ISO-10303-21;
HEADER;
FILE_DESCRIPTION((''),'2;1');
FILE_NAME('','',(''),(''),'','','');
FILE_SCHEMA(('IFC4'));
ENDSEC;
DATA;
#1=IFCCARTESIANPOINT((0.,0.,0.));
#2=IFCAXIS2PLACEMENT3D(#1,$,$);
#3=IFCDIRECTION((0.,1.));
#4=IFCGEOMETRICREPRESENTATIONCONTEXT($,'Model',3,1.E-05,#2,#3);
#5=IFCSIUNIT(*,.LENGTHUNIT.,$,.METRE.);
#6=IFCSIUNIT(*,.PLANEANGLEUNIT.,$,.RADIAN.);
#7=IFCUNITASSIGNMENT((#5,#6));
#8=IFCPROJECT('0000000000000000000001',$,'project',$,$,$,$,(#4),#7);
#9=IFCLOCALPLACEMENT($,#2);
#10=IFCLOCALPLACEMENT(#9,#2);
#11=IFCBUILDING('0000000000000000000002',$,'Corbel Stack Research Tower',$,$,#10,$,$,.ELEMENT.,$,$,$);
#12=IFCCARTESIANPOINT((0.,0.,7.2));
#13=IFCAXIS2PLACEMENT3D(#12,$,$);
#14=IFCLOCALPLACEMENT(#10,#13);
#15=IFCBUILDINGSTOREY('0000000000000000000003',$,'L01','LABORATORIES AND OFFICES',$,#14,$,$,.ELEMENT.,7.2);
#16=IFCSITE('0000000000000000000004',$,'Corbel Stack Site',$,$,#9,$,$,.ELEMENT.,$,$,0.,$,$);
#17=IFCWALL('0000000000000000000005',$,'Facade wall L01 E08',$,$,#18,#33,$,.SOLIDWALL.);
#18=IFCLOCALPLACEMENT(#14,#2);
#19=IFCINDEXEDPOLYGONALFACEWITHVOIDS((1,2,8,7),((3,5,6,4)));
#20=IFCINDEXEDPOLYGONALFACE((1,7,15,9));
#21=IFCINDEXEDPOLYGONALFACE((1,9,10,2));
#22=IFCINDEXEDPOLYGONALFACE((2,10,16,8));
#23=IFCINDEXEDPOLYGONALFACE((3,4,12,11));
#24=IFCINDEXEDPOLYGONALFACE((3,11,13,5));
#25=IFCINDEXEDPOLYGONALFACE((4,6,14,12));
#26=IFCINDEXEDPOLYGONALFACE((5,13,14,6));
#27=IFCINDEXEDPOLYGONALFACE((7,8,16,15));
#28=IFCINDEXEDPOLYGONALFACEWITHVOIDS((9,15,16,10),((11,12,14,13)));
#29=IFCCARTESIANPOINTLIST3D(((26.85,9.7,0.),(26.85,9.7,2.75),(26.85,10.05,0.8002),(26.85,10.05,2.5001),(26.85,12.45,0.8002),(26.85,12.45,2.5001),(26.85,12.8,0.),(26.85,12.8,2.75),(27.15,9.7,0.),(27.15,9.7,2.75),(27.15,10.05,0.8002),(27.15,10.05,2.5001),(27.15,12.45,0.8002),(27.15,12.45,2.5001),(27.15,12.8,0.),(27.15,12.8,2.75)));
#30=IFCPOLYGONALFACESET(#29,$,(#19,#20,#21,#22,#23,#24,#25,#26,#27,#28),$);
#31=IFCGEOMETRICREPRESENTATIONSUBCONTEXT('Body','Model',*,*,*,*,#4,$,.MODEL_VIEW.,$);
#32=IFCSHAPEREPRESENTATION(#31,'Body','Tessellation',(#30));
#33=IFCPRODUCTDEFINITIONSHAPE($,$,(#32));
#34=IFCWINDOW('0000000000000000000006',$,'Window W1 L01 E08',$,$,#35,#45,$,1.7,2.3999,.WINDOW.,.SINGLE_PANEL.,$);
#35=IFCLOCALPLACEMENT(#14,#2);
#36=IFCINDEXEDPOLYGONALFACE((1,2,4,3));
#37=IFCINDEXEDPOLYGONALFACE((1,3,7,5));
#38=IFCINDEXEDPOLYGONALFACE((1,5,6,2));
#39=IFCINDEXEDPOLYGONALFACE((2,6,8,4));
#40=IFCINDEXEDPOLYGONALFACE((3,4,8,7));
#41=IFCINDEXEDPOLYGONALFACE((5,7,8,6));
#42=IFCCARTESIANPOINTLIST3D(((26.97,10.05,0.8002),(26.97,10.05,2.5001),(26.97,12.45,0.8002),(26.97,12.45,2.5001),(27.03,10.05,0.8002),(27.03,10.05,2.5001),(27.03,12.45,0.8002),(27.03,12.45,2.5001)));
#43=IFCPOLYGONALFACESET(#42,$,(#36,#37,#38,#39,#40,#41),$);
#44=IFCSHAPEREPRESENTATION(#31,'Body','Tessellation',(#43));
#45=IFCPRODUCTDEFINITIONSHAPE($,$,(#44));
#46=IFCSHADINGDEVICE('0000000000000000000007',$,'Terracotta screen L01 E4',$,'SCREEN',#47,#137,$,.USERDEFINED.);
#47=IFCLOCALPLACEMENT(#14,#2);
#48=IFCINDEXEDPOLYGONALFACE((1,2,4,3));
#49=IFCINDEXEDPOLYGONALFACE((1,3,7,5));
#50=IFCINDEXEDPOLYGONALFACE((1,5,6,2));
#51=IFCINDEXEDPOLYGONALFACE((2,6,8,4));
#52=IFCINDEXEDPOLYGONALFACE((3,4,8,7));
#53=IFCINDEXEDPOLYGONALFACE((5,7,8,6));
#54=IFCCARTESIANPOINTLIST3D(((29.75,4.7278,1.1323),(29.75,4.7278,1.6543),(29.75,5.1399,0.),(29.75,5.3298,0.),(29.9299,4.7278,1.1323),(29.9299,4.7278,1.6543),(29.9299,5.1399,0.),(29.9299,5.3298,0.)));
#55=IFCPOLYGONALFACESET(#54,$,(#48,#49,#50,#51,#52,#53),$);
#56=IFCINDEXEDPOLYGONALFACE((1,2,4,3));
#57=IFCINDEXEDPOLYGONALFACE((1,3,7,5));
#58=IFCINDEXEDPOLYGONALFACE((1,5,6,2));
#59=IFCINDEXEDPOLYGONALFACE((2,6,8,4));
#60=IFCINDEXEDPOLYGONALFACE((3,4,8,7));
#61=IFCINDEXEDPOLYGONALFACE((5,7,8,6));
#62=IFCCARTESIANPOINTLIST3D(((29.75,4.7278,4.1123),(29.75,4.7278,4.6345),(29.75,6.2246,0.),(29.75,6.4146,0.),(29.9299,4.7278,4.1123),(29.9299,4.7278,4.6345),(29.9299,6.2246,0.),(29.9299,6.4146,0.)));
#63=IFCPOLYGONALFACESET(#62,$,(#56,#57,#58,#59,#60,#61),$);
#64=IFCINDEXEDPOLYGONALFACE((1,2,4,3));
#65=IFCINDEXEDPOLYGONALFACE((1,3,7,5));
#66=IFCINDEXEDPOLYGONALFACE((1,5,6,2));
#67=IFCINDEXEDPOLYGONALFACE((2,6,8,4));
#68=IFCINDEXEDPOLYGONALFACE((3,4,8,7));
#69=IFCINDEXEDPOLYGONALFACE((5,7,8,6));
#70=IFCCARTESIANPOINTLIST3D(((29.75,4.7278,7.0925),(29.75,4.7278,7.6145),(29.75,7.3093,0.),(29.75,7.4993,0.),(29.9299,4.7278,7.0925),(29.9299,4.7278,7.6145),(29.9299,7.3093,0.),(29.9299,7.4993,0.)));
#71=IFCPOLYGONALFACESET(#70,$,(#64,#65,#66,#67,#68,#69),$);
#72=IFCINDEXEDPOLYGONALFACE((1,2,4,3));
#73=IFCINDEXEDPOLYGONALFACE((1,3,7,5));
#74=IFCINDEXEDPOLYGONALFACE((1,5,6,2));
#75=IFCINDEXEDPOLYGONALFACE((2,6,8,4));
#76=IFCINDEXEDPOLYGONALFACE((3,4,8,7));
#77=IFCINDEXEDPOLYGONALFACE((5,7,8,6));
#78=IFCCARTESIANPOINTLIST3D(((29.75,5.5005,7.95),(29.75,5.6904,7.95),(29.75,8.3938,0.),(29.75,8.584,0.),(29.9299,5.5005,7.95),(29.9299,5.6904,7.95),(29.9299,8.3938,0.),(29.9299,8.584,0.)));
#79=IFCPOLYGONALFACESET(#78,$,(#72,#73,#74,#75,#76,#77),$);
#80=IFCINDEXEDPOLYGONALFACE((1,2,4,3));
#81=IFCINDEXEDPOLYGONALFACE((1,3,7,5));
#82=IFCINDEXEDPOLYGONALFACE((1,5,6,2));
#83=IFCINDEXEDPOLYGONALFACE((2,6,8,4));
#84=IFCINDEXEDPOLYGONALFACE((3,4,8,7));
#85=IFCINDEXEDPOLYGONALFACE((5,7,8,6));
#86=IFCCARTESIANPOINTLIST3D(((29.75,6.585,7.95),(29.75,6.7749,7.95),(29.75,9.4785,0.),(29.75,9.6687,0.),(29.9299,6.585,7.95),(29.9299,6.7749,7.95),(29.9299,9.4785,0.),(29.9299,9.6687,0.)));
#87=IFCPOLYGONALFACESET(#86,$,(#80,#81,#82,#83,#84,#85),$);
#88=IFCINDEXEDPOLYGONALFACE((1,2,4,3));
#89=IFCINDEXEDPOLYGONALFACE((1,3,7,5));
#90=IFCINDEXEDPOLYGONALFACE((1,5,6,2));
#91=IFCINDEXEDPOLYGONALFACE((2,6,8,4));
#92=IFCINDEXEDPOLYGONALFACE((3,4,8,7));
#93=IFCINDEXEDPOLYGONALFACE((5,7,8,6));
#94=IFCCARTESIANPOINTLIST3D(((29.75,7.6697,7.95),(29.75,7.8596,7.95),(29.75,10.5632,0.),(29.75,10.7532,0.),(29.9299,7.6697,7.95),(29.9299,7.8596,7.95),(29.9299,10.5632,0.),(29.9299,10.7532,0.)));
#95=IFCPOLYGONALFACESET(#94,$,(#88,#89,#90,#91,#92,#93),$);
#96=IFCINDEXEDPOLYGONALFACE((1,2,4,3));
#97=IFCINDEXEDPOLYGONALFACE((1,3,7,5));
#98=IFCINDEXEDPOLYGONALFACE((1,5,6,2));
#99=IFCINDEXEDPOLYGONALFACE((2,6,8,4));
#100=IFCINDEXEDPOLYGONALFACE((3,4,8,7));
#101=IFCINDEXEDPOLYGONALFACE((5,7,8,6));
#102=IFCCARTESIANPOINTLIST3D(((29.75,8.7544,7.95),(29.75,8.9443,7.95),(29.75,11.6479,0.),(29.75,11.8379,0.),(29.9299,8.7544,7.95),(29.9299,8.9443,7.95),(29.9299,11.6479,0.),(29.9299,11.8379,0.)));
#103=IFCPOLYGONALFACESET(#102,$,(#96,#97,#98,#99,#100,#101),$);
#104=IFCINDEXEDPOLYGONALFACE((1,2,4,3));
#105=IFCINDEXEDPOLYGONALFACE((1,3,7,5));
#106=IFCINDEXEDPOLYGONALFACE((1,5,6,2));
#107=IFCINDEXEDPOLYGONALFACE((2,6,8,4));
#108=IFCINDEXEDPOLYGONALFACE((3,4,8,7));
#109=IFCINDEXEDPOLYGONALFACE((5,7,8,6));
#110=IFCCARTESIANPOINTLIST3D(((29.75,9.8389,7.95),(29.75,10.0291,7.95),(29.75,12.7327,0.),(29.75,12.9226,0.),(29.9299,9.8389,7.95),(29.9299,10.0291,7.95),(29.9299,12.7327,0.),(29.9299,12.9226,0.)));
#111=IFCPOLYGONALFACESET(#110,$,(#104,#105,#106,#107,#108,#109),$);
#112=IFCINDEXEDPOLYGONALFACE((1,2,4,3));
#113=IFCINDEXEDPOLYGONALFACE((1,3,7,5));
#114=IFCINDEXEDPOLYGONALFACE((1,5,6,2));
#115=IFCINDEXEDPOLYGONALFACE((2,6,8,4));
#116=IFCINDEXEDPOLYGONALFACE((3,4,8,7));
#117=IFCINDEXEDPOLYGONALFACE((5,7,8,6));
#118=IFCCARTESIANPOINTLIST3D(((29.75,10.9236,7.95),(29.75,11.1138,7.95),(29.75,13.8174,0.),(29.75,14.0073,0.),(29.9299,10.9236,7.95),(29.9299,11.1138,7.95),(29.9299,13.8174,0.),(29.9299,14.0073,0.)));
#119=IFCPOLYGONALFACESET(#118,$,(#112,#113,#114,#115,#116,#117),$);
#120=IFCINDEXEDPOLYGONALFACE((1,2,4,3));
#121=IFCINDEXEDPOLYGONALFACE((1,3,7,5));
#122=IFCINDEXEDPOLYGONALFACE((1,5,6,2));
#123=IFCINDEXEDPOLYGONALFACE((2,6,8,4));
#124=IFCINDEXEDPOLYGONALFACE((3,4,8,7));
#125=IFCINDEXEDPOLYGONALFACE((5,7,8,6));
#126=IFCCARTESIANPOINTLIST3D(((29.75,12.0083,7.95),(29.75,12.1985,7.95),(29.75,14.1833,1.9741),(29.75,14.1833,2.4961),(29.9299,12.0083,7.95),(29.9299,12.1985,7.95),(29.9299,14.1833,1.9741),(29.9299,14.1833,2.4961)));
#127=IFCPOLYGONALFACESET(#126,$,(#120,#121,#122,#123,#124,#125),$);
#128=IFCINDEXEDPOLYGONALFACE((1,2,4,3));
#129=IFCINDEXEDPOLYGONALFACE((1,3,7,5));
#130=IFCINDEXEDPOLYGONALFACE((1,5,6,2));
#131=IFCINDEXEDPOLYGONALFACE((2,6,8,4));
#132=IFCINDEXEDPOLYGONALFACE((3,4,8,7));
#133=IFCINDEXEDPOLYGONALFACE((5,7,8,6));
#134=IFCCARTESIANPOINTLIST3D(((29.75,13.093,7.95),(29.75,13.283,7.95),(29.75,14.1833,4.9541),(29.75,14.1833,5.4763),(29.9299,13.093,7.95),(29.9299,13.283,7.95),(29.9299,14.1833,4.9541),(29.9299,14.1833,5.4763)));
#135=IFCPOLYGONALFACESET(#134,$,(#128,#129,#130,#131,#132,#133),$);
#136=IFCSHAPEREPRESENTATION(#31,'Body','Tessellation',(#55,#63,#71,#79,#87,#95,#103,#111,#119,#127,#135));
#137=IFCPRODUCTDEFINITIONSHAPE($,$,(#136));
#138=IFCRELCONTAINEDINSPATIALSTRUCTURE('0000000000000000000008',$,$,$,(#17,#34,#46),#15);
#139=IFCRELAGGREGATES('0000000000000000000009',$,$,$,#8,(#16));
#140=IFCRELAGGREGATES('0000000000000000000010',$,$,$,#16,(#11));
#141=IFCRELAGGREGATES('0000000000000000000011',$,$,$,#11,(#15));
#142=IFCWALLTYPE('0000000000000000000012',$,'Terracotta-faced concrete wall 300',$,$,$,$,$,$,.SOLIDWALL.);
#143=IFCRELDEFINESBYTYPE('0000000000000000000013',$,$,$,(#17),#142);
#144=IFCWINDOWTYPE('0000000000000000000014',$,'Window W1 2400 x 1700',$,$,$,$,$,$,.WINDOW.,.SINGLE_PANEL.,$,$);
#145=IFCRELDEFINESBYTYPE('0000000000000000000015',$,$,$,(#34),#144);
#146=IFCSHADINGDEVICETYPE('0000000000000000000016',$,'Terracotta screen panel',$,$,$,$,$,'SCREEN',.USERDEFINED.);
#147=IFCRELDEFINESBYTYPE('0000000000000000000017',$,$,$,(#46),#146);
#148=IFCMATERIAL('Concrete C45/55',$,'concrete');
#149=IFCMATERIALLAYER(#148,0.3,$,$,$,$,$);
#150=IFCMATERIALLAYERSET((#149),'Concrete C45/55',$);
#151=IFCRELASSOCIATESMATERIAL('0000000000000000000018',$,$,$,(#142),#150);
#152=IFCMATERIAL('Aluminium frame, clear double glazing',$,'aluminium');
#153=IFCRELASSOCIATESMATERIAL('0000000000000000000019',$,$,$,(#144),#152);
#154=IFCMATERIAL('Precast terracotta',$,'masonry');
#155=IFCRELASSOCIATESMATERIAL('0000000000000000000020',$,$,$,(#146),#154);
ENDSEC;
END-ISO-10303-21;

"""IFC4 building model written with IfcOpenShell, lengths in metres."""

from ifc_helpers import new_model, si_unit, direction, frame, frame_2d, origin, place, context, subcontext, project, spatial, polyline, rectangle, outline, extrude, source, transform, mapped, material, layer, layer_set, type_object, element, fill, save


model = new_model("IFC4")

# Units and contexts
model_context = context("Model", 3, precision=1e-05, world=origin(), true_north=direction((0.0, 1.0)))
body_context = subcontext(model_context, "Body", "Model", "MODEL_VIEW")
ifc_project = project(units=[si_unit("LENGTHUNIT", "METRE"), si_unit("PLANEANGLEUNIT", "RADIAN")], contexts=[model_context])

# Site, building, storey
site_placement = place(None, origin())
site = spatial("IfcSite", under=ifc_project, at=site_placement, Name="Corbel Stack Site", CompositionType="ELEMENT", RefElevation=0.0)
building_placement = place(site_placement, origin())
building = spatial("IfcBuilding", under=site, at=building_placement, Name="Corbel Stack Research Tower", CompositionType="ELEMENT")
storey_placement = place(building_placement, frame((0.0, 0.0, 7.2)))
storey = spatial("IfcBuildingStorey", under=building, at=storey_placement, Name="L01", Description="LABORATORIES AND OFFICES", CompositionType="ELEMENT", Elevation=7.2)

# Wall, opening, window
ifc_material_1 = material(Name="Concrete C45/55", Category="concrete")
ifc_layer_1 = layer(ifc_material_1, 0.3)
ifc_layer_set_1 = layer_set([ifc_layer_1], Name="Concrete C45/55")
wall_type_1 = type_object("IfcWallType", Name="Terracotta-faced concrete wall 300", PredefinedType="SOLIDWALL", material=ifc_layer_set_1)
wall_1_placement = place(storey_placement, frame((27.0, 12.8, 0.0), z_axis=(0.0, 0.0, 1.0), x_axis=(0.0, -1.0, 0.0)))
wall_1 = element("IfcWall", 1, at=wall_1_placement, inside=storey, type_object=wall_type_1, Name="Facade wall L01 E08", PredefinedType="SOLIDWALL", context=body_context, shape_type="SweptSolid", body=[
    extrude(rectangle(XDim=3.1001, YDim=0.3, at=frame_2d((1.55, 0.0))), origin(), (0.0, 0.0, 1.0), 2.75),
])
opening_1_placement = place(wall_1_placement, frame((0.3501, 0.0, 0.8)))
opening_1 = element("IfcOpeningElement", 2, at=opening_1_placement, cuts=wall_1, PredefinedType="OPENING", context=body_context, shape_type="SweptSolid", body=[
    extrude(rectangle(XDim=2.3999, YDim=1.7, at=frame_2d((1.2, 0.8501))), frame((0.0, 0.1599, 0.0), z_axis=(0.0, -1.0, 0.0), x_axis=(1.0, 0.0, 0.0)), (0.0, 0.0, 1.0), 0.3201),
])
ifc_material_2 = material(Name="Aluminium frame, clear double glazing", Category="aluminium")
window_type_1 = type_object("IfcWindowType", Name="Window W1 2400 x 1700", PartitioningType="SINGLE_PANEL", PredefinedType="WINDOW", material=ifc_material_2)
window_1_placement = place(opening_1_placement, origin())
window_1 = element("IfcWindow", 3, at=window_1_placement, inside=storey, type_object=window_type_1, Name="Window W1 L01 E08", OverallHeight=1.7, OverallWidth=2.3999, PartitioningType="SINGLE_PANEL", PredefinedType="WINDOW", context=body_context, shape_type="SweptSolid", body=[
    extrude(rectangle(XDim=2.3999, YDim=1.7, at=frame_2d((1.2, 0.8501))), frame((0.0, 0.03, 0.0), z_axis=(0.0, -1.0, 0.0), x_axis=(1.0, 0.0, 0.0)), (0.0, 0.0, 1.0), 0.0601),
])
fill(opening_1, window_1)

# Shading device
ifc_material_3 = material(Name="Precast terracotta", Category="masonry")
shading_device_type = type_object("IfcShadingDeviceType", Name="Terracotta screen panel", ElementType="SCREEN", PredefinedType="USERDEFINED", material=ifc_material_3)
shared_shape = source(origin(), body_context, "Body", "SweptSolid", [
    extrude(outline(polyline([(0.6021, 0.0), (0.0, 1.6543), (0.0, 1.1323), (0.4121, 0.0), (0.6021, 0.0)])), frame((0.0, 0.0, 0.0), z_axis=(0.0, -1.0, 0.0), x_axis=(1.0, 0.0, 0.0)), (0.0, 0.0, 1.0), 0.1799),
    extrude(outline(polyline([(1.6868, 0.0), (0.0, 4.6345), (0.0, 4.1123), (1.4968, 0.0), (1.6868, 0.0)])), frame((0.0, 0.0, 0.0), z_axis=(0.0, -1.0, 0.0), x_axis=(1.0, 0.0, 0.0)), (0.0, 0.0, 1.0), 0.1799),
    extrude(outline(polyline([(2.7715, 0.0), (0.0, 7.6145), (0.0, 7.0925), (2.5815, 0.0), (2.7715, 0.0)])), frame((0.0, 0.0, 0.0), z_axis=(0.0, -1.0, 0.0), x_axis=(1.0, 0.0, 0.0)), (0.0, 0.0, 1.0), 0.1799),
    extrude(outline(polyline([(3.8562, 0.0), (0.9626, 7.95), (0.7727, 7.95), (3.666, 0.0), (3.8562, 0.0)])), frame((0.0, 0.0, 0.0), z_axis=(0.0, -1.0, 0.0), x_axis=(1.0, 0.0, 0.0)), (0.0, 0.0, 1.0), 0.1799),
    extrude(outline(polyline([(4.9409, 0.0), (2.0471, 7.95), (1.8572, 7.95), (4.7507, 0.0), (4.9409, 0.0)])), frame((0.0, 0.0, 0.0), z_axis=(0.0, -1.0, 0.0), x_axis=(1.0, 0.0, 0.0)), (0.0, 0.0, 1.0), 0.1799),
    extrude(outline(polyline([(6.0254, 0.0), (3.1318, 7.95), (2.9419, 7.95), (5.8354, 0.0), (6.0254, 0.0)])), frame((0.0, 0.0, 0.0), z_axis=(0.0, -1.0, 0.0), x_axis=(1.0, 0.0, 0.0)), (0.0, 0.0, 1.0), 0.1799),
    extrude(outline(polyline([(7.1101, 0.0), (4.2166, 7.95), (4.0266, 7.95), (6.9202, 0.0), (7.1101, 0.0)])), frame((0.0, 0.0, 0.0), z_axis=(0.0, -1.0, 0.0), x_axis=(1.0, 0.0, 0.0)), (0.0, 0.0, 1.0), 0.1799),
    extrude(outline(polyline([(8.1948, 0.0), (5.3013, 7.95), (5.1111, 7.95), (8.0049, 0.0), (8.1948, 0.0)])), frame((0.0, 0.0, 0.0), z_axis=(0.0, -1.0, 0.0), x_axis=(1.0, 0.0, 0.0)), (0.0, 0.0, 1.0), 0.1799),
    extrude(outline(polyline([(9.2795, 0.0), (6.386, 7.95), (6.1958, 7.95), (9.0896, 0.0), (9.2795, 0.0)])), frame((0.0, 0.0, 0.0), z_axis=(0.0, -1.0, 0.0), x_axis=(1.0, 0.0, 0.0)), (0.0, 0.0, 1.0), 0.1799),
    extrude(outline(polyline([(7.4707, 7.95), (7.2805, 7.95), (9.4556, 1.9741), (9.4556, 2.4961), (7.4707, 7.95)])), frame((0.0, 0.0, 0.0), z_axis=(0.0, -1.0, 0.0), x_axis=(1.0, 0.0, 0.0)), (0.0, 0.0, 1.0), 0.1799),
    extrude(outline(polyline([(8.5552, 7.95), (8.3652, 7.95), (9.4556, 4.9541), (9.4556, 5.4763), (8.5552, 7.95)])), frame((0.0, 0.0, 0.0), z_axis=(0.0, -1.0, 0.0), x_axis=(1.0, 0.0, 0.0)), (0.0, 0.0, 1.0), 0.1799),
])
shading_device_placement = place(storey_placement, frame((29.75, 4.7278, 0.0), z_axis=(0.0, 0.0, 1.0), x_axis=(0.0, 1.0, 0.0)))
element("IfcShadingDevice", 4, at=shading_device_placement, inside=storey, type_object=shading_device_type, Name="Terracotta screen L01 E4", ObjectType="SCREEN", PredefinedType="USERDEFINED", context=body_context, shape_type="MappedRepresentation", body=[
    mapped(shared_shape, transform((0.0, 0.0, 0.0))),
])

save(model, "model.ifc")
